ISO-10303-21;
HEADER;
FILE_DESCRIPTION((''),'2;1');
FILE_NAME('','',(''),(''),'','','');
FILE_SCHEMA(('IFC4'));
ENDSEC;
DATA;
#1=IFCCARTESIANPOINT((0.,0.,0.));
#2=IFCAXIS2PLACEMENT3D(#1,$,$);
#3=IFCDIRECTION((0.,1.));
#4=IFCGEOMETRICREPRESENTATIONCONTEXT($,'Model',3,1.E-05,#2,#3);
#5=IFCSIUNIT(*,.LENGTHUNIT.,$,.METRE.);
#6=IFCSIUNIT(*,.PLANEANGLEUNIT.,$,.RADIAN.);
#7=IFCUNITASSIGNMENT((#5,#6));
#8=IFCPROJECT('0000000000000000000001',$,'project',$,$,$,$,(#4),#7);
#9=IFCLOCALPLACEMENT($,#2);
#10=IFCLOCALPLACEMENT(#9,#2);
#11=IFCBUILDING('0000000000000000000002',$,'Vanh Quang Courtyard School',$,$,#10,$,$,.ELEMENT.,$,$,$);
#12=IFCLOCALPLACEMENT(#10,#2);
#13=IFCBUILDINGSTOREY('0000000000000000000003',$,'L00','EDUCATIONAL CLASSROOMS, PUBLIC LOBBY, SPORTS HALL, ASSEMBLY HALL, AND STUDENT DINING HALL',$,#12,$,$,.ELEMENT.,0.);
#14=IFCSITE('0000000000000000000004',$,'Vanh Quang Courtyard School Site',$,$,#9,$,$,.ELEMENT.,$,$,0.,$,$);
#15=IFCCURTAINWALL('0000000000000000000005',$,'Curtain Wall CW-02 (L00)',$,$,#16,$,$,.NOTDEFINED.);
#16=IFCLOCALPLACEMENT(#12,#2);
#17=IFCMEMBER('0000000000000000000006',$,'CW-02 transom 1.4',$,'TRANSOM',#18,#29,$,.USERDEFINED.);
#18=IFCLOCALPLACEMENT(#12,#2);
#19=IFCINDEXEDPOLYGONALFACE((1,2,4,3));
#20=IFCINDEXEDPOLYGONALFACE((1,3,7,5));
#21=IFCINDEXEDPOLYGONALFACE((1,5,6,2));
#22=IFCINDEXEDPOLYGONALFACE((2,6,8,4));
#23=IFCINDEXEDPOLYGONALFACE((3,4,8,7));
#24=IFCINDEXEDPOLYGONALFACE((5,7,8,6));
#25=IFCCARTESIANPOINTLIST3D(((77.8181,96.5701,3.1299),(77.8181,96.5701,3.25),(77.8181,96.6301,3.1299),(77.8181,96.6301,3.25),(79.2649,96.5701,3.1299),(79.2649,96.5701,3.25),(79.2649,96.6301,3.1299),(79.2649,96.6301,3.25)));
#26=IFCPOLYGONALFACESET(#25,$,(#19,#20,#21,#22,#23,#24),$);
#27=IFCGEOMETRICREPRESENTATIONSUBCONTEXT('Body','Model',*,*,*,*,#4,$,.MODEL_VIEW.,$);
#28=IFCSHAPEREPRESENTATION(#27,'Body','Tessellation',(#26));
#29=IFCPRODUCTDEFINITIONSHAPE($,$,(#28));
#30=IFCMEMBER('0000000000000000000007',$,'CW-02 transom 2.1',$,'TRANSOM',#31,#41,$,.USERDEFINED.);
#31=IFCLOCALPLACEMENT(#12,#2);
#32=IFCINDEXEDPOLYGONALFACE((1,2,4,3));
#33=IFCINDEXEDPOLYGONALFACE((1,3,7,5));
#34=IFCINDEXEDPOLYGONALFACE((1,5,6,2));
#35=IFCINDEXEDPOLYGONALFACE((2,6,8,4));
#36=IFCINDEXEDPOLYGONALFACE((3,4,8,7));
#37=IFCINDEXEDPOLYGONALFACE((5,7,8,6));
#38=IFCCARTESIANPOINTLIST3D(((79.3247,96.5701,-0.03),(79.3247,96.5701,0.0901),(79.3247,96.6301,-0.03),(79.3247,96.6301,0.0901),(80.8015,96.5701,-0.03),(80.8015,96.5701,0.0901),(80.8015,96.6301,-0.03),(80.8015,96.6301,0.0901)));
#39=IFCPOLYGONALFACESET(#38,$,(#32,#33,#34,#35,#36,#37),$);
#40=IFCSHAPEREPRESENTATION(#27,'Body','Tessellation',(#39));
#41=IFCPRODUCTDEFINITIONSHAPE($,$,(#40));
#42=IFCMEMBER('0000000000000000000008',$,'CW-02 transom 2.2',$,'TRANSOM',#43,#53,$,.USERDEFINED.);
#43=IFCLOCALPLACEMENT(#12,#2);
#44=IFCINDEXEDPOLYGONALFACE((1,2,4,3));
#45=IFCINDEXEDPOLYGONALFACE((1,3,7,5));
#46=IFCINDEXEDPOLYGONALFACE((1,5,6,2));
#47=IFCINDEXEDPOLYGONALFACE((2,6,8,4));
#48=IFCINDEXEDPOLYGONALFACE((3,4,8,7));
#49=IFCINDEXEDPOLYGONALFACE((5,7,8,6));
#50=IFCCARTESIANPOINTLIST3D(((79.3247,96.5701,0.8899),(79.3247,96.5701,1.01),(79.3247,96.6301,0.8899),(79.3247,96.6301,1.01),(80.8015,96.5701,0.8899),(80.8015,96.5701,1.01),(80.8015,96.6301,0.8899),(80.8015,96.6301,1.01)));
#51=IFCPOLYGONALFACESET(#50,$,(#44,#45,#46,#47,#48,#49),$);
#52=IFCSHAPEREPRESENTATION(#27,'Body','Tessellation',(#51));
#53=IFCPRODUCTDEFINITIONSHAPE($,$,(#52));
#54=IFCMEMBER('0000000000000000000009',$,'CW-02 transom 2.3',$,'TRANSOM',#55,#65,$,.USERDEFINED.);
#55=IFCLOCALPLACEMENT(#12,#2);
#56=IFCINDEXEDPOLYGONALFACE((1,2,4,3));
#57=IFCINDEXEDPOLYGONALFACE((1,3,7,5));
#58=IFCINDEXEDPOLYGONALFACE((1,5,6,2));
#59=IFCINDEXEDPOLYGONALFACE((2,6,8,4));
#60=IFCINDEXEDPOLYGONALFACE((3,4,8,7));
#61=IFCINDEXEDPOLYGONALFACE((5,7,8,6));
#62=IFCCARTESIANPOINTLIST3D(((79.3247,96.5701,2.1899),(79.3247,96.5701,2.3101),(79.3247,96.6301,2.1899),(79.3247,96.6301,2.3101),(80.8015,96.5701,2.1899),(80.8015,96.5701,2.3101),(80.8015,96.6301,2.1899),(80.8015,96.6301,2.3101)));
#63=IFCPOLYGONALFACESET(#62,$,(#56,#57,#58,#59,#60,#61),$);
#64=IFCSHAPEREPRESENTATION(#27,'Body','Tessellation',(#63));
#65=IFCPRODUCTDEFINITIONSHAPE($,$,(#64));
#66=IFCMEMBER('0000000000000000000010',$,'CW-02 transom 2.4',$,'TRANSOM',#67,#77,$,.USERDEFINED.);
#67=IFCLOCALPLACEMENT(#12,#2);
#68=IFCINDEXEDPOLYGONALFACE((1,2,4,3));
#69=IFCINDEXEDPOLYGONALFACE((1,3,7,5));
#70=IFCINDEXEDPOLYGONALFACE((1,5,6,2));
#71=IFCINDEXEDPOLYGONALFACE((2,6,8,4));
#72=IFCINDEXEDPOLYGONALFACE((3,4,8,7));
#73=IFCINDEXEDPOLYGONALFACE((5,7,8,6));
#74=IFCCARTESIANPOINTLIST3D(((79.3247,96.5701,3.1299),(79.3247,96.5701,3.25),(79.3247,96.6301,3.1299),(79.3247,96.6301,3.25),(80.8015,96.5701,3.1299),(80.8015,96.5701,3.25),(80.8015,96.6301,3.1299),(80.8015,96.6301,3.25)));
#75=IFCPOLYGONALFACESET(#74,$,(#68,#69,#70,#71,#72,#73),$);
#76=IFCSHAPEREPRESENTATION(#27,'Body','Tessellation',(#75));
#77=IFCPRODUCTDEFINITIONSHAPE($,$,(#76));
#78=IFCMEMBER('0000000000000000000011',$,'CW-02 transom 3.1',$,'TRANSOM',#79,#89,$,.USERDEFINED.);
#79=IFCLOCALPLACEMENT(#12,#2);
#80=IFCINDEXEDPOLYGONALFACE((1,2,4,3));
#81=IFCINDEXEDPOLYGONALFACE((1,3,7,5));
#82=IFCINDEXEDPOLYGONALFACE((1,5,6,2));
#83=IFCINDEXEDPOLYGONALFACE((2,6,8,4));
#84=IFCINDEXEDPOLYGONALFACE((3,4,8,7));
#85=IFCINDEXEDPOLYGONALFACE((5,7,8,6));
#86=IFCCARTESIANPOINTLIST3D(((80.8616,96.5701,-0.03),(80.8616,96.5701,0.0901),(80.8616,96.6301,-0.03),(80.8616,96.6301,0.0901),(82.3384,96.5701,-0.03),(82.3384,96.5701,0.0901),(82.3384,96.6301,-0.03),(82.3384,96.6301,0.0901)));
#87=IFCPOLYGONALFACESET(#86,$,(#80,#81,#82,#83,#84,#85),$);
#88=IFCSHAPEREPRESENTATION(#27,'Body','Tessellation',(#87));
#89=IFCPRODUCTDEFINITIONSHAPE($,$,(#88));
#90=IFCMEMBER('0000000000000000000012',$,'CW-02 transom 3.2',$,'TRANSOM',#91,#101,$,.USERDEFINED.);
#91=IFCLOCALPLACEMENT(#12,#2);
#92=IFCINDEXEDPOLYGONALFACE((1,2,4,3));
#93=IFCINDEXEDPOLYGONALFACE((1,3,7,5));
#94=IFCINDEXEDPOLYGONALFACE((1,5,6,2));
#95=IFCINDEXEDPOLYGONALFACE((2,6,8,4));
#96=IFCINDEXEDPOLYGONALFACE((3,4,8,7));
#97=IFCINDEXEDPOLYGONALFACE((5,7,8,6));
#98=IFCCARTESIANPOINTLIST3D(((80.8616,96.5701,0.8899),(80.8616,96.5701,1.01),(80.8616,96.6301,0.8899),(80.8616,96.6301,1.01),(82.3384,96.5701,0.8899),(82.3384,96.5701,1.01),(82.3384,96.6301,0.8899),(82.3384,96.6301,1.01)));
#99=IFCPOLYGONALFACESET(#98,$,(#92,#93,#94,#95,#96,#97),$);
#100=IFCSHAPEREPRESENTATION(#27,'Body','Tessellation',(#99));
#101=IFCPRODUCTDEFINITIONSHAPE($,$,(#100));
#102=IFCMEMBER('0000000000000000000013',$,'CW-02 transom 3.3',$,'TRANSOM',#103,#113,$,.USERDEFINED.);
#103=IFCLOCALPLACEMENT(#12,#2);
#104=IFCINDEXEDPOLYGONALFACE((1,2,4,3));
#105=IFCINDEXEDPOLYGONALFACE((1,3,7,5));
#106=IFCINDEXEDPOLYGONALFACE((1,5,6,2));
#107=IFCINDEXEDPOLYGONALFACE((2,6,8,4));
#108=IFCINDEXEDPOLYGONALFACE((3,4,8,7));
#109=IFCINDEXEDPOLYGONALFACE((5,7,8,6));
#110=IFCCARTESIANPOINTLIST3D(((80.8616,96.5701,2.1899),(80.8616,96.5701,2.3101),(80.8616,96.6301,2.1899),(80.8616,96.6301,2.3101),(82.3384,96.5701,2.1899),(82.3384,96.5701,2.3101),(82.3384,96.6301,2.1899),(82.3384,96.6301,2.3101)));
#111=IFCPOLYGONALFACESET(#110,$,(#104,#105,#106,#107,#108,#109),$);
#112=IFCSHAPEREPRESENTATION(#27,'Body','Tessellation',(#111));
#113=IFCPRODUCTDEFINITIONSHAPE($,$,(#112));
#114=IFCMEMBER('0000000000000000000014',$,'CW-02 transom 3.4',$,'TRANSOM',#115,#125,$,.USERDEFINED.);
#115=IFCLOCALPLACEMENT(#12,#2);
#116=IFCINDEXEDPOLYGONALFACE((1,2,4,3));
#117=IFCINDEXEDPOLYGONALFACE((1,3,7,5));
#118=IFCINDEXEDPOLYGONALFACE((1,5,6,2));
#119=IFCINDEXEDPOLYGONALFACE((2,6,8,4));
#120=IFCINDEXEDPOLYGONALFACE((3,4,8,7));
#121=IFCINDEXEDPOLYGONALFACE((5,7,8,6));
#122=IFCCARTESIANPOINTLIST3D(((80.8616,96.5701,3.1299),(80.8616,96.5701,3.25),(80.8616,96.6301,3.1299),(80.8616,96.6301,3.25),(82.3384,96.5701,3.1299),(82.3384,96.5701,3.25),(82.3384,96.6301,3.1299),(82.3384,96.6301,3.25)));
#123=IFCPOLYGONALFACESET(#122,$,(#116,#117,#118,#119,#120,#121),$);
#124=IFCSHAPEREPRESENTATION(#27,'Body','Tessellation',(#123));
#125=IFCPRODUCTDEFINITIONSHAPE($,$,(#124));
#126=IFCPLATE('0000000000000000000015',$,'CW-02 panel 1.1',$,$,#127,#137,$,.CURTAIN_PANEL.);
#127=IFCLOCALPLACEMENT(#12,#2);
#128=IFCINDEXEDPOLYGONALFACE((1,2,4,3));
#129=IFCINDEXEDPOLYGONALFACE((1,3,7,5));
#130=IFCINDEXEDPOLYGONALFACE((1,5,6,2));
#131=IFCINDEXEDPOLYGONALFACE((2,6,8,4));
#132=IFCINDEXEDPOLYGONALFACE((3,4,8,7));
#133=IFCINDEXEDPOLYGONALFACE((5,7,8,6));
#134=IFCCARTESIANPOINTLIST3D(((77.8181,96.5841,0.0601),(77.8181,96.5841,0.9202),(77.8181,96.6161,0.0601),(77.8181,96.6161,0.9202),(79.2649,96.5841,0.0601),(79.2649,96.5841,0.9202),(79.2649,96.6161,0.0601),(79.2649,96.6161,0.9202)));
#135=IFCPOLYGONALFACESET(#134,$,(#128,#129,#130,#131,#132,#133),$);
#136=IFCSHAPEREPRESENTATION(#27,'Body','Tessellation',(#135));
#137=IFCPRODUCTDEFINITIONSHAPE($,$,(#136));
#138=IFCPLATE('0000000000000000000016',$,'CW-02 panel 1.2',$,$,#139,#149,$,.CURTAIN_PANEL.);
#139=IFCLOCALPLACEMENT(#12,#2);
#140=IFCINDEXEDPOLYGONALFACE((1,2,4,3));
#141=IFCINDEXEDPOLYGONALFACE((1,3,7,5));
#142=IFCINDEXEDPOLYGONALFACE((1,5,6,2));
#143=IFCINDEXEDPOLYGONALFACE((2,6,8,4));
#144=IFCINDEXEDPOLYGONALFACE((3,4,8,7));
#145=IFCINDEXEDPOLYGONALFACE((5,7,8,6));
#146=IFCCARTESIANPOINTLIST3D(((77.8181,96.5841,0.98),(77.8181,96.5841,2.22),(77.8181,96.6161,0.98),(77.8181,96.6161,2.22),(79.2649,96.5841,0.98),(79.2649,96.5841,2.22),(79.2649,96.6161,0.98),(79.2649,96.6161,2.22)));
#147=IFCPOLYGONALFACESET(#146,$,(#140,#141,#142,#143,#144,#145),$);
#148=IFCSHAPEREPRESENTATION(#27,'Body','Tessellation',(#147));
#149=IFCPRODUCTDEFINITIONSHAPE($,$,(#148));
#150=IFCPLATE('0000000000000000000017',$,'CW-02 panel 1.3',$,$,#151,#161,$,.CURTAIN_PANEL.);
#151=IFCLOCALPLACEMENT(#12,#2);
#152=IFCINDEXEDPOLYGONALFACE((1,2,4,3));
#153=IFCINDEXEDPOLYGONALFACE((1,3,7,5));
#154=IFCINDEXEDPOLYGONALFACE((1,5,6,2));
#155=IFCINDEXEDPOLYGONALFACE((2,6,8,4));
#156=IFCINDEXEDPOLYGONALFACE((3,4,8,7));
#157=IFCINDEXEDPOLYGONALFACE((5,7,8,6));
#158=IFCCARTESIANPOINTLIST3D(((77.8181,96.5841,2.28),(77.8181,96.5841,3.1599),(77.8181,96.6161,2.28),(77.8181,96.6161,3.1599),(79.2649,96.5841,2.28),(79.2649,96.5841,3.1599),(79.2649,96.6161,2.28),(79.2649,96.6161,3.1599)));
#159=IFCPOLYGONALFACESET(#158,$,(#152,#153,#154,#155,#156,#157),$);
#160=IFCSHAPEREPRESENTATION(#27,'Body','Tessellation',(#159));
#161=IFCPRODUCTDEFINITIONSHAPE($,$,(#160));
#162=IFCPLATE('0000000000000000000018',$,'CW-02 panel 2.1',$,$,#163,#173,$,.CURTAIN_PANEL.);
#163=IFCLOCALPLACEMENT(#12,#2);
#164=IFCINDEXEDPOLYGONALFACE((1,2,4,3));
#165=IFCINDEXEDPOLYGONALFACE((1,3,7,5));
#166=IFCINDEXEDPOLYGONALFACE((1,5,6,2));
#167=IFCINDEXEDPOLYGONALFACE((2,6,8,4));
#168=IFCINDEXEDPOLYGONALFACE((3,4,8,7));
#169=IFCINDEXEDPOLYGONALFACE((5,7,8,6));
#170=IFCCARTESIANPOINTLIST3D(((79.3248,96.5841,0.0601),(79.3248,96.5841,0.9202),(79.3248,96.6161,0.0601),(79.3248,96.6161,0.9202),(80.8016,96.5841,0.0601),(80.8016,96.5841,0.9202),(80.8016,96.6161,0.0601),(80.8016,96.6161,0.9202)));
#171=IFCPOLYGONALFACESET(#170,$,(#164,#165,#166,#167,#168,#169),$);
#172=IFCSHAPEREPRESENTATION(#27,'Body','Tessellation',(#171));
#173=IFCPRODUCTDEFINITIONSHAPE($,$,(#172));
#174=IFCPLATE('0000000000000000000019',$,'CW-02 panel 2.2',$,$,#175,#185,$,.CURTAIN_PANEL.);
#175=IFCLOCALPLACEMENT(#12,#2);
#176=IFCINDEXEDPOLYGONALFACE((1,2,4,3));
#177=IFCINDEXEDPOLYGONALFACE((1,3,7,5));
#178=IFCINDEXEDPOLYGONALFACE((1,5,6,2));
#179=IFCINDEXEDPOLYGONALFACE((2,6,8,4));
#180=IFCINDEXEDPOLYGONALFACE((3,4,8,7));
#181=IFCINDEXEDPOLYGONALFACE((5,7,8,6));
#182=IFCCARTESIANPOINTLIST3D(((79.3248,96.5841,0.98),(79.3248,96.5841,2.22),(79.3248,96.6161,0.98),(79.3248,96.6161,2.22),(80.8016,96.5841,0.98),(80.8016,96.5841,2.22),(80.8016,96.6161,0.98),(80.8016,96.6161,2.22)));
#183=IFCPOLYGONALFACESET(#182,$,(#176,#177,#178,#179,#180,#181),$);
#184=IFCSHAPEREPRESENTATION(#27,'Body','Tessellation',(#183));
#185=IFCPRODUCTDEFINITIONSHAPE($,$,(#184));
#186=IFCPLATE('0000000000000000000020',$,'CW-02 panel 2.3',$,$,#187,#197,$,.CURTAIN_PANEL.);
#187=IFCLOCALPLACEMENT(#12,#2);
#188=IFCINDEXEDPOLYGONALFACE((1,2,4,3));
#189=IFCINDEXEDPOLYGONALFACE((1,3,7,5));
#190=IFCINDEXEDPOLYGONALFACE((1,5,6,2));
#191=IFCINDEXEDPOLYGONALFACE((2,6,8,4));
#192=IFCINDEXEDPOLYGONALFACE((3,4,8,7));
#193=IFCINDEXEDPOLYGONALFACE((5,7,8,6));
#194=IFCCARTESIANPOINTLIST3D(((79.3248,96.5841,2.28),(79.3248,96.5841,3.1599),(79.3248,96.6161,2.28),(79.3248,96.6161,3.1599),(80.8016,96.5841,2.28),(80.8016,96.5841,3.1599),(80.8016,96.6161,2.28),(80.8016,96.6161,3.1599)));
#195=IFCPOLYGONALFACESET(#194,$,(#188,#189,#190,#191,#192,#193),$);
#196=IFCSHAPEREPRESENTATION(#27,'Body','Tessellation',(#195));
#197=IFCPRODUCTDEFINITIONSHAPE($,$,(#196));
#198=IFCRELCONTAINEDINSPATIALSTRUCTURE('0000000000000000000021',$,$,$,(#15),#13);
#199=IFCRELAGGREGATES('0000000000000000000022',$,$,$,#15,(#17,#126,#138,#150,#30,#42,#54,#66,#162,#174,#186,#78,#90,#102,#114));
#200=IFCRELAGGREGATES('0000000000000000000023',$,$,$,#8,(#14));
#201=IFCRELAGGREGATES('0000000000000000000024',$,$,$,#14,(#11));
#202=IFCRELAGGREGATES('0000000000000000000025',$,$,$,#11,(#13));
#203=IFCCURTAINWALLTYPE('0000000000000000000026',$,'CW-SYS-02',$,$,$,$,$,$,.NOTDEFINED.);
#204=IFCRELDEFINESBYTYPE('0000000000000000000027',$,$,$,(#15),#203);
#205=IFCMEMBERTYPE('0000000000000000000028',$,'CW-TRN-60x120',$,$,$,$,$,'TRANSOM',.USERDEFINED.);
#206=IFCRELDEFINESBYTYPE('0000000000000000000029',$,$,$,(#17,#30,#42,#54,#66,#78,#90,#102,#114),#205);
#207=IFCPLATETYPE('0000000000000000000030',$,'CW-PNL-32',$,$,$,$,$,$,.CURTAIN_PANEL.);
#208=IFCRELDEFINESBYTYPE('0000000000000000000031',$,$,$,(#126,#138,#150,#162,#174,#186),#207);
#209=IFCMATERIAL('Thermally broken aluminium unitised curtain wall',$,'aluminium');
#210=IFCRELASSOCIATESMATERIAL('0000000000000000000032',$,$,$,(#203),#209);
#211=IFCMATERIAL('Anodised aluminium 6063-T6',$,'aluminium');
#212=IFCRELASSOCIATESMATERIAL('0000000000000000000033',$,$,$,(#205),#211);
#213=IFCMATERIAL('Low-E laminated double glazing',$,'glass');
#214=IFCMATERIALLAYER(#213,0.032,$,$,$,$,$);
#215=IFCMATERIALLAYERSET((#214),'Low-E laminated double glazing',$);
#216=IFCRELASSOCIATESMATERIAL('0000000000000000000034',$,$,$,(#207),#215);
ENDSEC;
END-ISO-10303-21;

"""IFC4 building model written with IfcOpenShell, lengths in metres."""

from ifc_helpers import new_model, si_unit, direction, frame, origin, origin_2d, place, context, subcontext, project, spatial, rectangle, extrude, material, layer, layer_set, material_profile, profile_set, type_object, element, aggregate, save


model = new_model("IFC4")

# Units and contexts
model_context = context("Model", 3, precision=1e-05, world=origin(), true_north=direction((0.0, 1.0)))
body_context = subcontext(model_context, "Body", "Model", "MODEL_VIEW")
ifc_project = project(units=[si_unit("LENGTHUNIT", "METRE"), si_unit("PLANEANGLEUNIT", "RADIAN")], contexts=[model_context])

# Site, building, storey
site_placement = place(None, origin())
site = spatial("IfcSite", under=ifc_project, at=site_placement, Name="Vanh Quang Courtyard School Site", CompositionType="ELEMENT", RefElevation=0.0)
building_placement = place(site_placement, origin())
building = spatial("IfcBuilding", under=site, at=building_placement, Name="Vanh Quang Courtyard School", CompositionType="ELEMENT")
storey_placement = place(building_placement, origin())
storey = spatial("IfcBuildingStorey", under=building, at=storey_placement, Name="L00", Description="EDUCATIONAL CLASSROOMS, PUBLIC LOBBY, SPORTS HALL, ASSEMBLY HALL, AND STUDENT DINING HALL", CompositionType="ELEMENT", Elevation=0.0)

# Curtain wall, members, plates
ifc_material_1 = material(Name="Thermally broken aluminium unitised curtain wall", Category="aluminium")
curtain_wall_type = type_object("IfcCurtainWallType", Name="CW-SYS-02", PredefinedType="NOTDEFINED", material=ifc_material_1)
curtain_wall_placement = place(storey_placement, origin())
curtain_wall = element("IfcCurtainWall", 1, at=curtain_wall_placement, inside=storey, type_object=curtain_wall_type, Name="Curtain Wall CW-02 (L00)", PredefinedType="NOTDEFINED")
ifc_material_2 = material(Name="Anodised aluminium 6063-T6", Category="aluminium")
ifc_material_profile_1 = material_profile(ifc_material_2, rectangle(XDim=0.0601, YDim=0.1201, at=origin_2d()), Name="ALU-TRN 60x120")
ifc_profile_set_1 = profile_set([ifc_material_profile_1], Name="Anodised aluminium 6063-T6")
member_type_1 = type_object("IfcMemberType", Name="CW-TRN-60x120", ElementType="TRANSOM", PredefinedType="USERDEFINED", material=ifc_profile_set_1)
member_1_placement = place(storey_placement, frame((77.8181, 96.6001, 3.1899), z_axis=(1.0, 0.0, 0.0), x_axis=(0.0, 1.0, 0.0)))
member_1 = element("IfcMember", 2, at=member_1_placement, type_object=member_type_1, Name="CW-02 transom 1.4", ObjectType="TRANSOM", PredefinedType="USERDEFINED", context=body_context, shape_type="SweptSolid", body=[
    extrude(rectangle(XDim=0.0601, YDim=0.1201, at=origin_2d()), origin(), (0.0, 0.0, 1.0), 1.4468),
])
member_2_placement = place(storey_placement, frame((79.3247, 96.6001, 0.03), z_axis=(1.0, 0.0, 0.0), x_axis=(0.0, 1.0, 0.0)))
member_2 = element("IfcMember", 3, at=member_2_placement, type_object=member_type_1, Name="CW-02 transom 2.1", ObjectType="TRANSOM", PredefinedType="USERDEFINED", context=body_context, shape_type="SweptSolid", body=[
    extrude(rectangle(XDim=0.0601, YDim=0.1201, at=origin_2d()), origin(), (0.0, 0.0, 1.0), 1.4768),
])
member_3_placement = place(storey_placement, frame((79.3247, 96.6001, 0.95), z_axis=(1.0, 0.0, 0.0), x_axis=(0.0, 1.0, 0.0)))
member_3 = element("IfcMember", 4, at=member_3_placement, type_object=member_type_1, Name="CW-02 transom 2.2", ObjectType="TRANSOM", PredefinedType="USERDEFINED", context=body_context, shape_type="SweptSolid", body=[
    extrude(rectangle(XDim=0.0601, YDim=0.1201, at=origin_2d()), origin(), (0.0, 0.0, 1.0), 1.4768),
])
member_4_placement = place(storey_placement, frame((79.3247, 96.6001, 2.25), z_axis=(1.0, 0.0, 0.0), x_axis=(0.0, 1.0, 0.0)))
member_4 = element("IfcMember", 5, at=member_4_placement, type_object=member_type_1, Name="CW-02 transom 2.3", ObjectType="TRANSOM", PredefinedType="USERDEFINED", context=body_context, shape_type="SweptSolid", body=[
    extrude(rectangle(XDim=0.0601, YDim=0.1201, at=origin_2d()), origin(), (0.0, 0.0, 1.0), 1.4768),
])
member_5_placement = place(storey_placement, frame((79.3247, 96.6001, 3.1899), z_axis=(1.0, 0.0, 0.0), x_axis=(0.0, 1.0, 0.0)))
member_5 = element("IfcMember", 6, at=member_5_placement, type_object=member_type_1, Name="CW-02 transom 2.4", ObjectType="TRANSOM", PredefinedType="USERDEFINED", context=body_context, shape_type="SweptSolid", body=[
    extrude(rectangle(XDim=0.0601, YDim=0.1201, at=origin_2d()), origin(), (0.0, 0.0, 1.0), 1.4768),
])
member_6_placement = place(storey_placement, frame((80.8616, 96.6001, 0.03), z_axis=(1.0, 0.0, 0.0), x_axis=(0.0, 1.0, 0.0)))
member_6 = element("IfcMember", 7, at=member_6_placement, type_object=member_type_1, Name="CW-02 transom 3.1", ObjectType="TRANSOM", PredefinedType="USERDEFINED", context=body_context, shape_type="SweptSolid", body=[
    extrude(rectangle(XDim=0.0601, YDim=0.1201, at=origin_2d()), origin(), (0.0, 0.0, 1.0), 1.4768),
])
member_7_placement = place(storey_placement, frame((80.8616, 96.6001, 0.95), z_axis=(1.0, 0.0, 0.0), x_axis=(0.0, 1.0, 0.0)))
member_7 = element("IfcMember", 8, at=member_7_placement, type_object=member_type_1, Name="CW-02 transom 3.2", ObjectType="TRANSOM", PredefinedType="USERDEFINED", context=body_context, shape_type="SweptSolid", body=[
    extrude(rectangle(XDim=0.0601, YDim=0.1201, at=origin_2d()), origin(), (0.0, 0.0, 1.0), 1.4768),
])
member_8_placement = place(storey_placement, frame((80.8616, 96.6001, 2.25), z_axis=(1.0, 0.0, 0.0), x_axis=(0.0, 1.0, 0.0)))
member_8 = element("IfcMember", 9, at=member_8_placement, type_object=member_type_1, Name="CW-02 transom 3.3", ObjectType="TRANSOM", PredefinedType="USERDEFINED", context=body_context, shape_type="SweptSolid", body=[
    extrude(rectangle(XDim=0.0601, YDim=0.1201, at=origin_2d()), origin(), (0.0, 0.0, 1.0), 1.4768),
])
member_9_placement = place(storey_placement, frame((80.8616, 96.6001, 3.1899), z_axis=(1.0, 0.0, 0.0), x_axis=(0.0, 1.0, 0.0)))
member_9 = element("IfcMember", 10, at=member_9_placement, type_object=member_type_1, Name="CW-02 transom 3.4", ObjectType="TRANSOM", PredefinedType="USERDEFINED", context=body_context, shape_type="SweptSolid", body=[
    extrude(rectangle(XDim=0.0601, YDim=0.1201, at=origin_2d()), origin(), (0.0, 0.0, 1.0), 1.4768),
])
ifc_material_3 = material(Name="Low-E laminated double glazing", Category="glass")
ifc_layer_1 = layer(ifc_material_3, 0.032)
ifc_layer_set_1 = layer_set([ifc_layer_1], Name="Low-E laminated double glazing")
plate_type = type_object("IfcPlateType", Name="CW-PNL-32", PredefinedType="CURTAIN_PANEL", material=ifc_layer_set_1)
plate_1_placement = place(storey_placement, frame((78.5415, 96.6001, 0.0601), z_axis=(0.0, 0.0, 1.0), x_axis=(1.0, 0.0, 0.0)))
plate_1 = element("IfcPlate", 11, at=plate_1_placement, type_object=plate_type, Name="CW-02 panel 1.1", PredefinedType="CURTAIN_PANEL", context=body_context, shape_type="SweptSolid", body=[
    extrude(rectangle(XDim=1.4468, YDim=0.032, at=origin_2d()), origin(), (0.0, 0.0, 1.0), 0.8601),
])
plate_2_placement = place(storey_placement, frame((78.5415, 96.6001, 0.98), z_axis=(0.0, 0.0, 1.0), x_axis=(1.0, 0.0, 0.0)))
plate_2 = element("IfcPlate", 12, at=plate_2_placement, type_object=plate_type, Name="CW-02 panel 1.2", PredefinedType="CURTAIN_PANEL", context=body_context, shape_type="SweptSolid", body=[
    extrude(rectangle(XDim=1.4468, YDim=0.032, at=origin_2d()), origin(), (0.0, 0.0, 1.0), 1.24),
])
plate_3_placement = place(storey_placement, frame((78.5415, 96.6001, 2.28), z_axis=(0.0, 0.0, 1.0), x_axis=(1.0, 0.0, 0.0)))
plate_3 = element("IfcPlate", 13, at=plate_3_placement, type_object=plate_type, Name="CW-02 panel 1.3", PredefinedType="CURTAIN_PANEL", context=body_context, shape_type="SweptSolid", body=[
    extrude(rectangle(XDim=1.4468, YDim=0.032, at=origin_2d()), origin(), (0.0, 0.0, 1.0), 0.8799),
])
plate_4_placement = place(storey_placement, frame((80.0632, 96.6001, 0.0601), z_axis=(0.0, 0.0, 1.0), x_axis=(1.0, 0.0, 0.0)))
plate_4 = element("IfcPlate", 14, at=plate_4_placement, type_object=plate_type, Name="CW-02 panel 2.1", PredefinedType="CURTAIN_PANEL", context=body_context, shape_type="SweptSolid", body=[
    extrude(rectangle(XDim=1.4768, YDim=0.032, at=origin_2d()), origin(), (0.0, 0.0, 1.0), 0.8601),
])
plate_5_placement = place(storey_placement, frame((80.0632, 96.6001, 0.98), z_axis=(0.0, 0.0, 1.0), x_axis=(1.0, 0.0, 0.0)))
plate_5 = element("IfcPlate", 15, at=plate_5_placement, type_object=plate_type, Name="CW-02 panel 2.2", PredefinedType="CURTAIN_PANEL", context=body_context, shape_type="SweptSolid", body=[
    extrude(rectangle(XDim=1.4768, YDim=0.032, at=origin_2d()), origin(), (0.0, 0.0, 1.0), 1.24),
])
plate_6_placement = place(storey_placement, frame((80.0632, 96.6001, 2.28), z_axis=(0.0, 0.0, 1.0), x_axis=(1.0, 0.0, 0.0)))
plate_6 = element("IfcPlate", 16, at=plate_6_placement, type_object=plate_type, Name="CW-02 panel 2.3", PredefinedType="CURTAIN_PANEL", context=body_context, shape_type="SweptSolid", body=[
    extrude(rectangle(XDim=1.4768, YDim=0.032, at=origin_2d()), origin(), (0.0, 0.0, 1.0), 0.8799),
])
aggregate(curtain_wall, [member_1, plate_1, plate_2, plate_3, member_2, member_3, member_4, member_5, plate_4, plate_5, plate_6, member_6, member_7, member_8, member_9])

save(model, "model.ifc")
